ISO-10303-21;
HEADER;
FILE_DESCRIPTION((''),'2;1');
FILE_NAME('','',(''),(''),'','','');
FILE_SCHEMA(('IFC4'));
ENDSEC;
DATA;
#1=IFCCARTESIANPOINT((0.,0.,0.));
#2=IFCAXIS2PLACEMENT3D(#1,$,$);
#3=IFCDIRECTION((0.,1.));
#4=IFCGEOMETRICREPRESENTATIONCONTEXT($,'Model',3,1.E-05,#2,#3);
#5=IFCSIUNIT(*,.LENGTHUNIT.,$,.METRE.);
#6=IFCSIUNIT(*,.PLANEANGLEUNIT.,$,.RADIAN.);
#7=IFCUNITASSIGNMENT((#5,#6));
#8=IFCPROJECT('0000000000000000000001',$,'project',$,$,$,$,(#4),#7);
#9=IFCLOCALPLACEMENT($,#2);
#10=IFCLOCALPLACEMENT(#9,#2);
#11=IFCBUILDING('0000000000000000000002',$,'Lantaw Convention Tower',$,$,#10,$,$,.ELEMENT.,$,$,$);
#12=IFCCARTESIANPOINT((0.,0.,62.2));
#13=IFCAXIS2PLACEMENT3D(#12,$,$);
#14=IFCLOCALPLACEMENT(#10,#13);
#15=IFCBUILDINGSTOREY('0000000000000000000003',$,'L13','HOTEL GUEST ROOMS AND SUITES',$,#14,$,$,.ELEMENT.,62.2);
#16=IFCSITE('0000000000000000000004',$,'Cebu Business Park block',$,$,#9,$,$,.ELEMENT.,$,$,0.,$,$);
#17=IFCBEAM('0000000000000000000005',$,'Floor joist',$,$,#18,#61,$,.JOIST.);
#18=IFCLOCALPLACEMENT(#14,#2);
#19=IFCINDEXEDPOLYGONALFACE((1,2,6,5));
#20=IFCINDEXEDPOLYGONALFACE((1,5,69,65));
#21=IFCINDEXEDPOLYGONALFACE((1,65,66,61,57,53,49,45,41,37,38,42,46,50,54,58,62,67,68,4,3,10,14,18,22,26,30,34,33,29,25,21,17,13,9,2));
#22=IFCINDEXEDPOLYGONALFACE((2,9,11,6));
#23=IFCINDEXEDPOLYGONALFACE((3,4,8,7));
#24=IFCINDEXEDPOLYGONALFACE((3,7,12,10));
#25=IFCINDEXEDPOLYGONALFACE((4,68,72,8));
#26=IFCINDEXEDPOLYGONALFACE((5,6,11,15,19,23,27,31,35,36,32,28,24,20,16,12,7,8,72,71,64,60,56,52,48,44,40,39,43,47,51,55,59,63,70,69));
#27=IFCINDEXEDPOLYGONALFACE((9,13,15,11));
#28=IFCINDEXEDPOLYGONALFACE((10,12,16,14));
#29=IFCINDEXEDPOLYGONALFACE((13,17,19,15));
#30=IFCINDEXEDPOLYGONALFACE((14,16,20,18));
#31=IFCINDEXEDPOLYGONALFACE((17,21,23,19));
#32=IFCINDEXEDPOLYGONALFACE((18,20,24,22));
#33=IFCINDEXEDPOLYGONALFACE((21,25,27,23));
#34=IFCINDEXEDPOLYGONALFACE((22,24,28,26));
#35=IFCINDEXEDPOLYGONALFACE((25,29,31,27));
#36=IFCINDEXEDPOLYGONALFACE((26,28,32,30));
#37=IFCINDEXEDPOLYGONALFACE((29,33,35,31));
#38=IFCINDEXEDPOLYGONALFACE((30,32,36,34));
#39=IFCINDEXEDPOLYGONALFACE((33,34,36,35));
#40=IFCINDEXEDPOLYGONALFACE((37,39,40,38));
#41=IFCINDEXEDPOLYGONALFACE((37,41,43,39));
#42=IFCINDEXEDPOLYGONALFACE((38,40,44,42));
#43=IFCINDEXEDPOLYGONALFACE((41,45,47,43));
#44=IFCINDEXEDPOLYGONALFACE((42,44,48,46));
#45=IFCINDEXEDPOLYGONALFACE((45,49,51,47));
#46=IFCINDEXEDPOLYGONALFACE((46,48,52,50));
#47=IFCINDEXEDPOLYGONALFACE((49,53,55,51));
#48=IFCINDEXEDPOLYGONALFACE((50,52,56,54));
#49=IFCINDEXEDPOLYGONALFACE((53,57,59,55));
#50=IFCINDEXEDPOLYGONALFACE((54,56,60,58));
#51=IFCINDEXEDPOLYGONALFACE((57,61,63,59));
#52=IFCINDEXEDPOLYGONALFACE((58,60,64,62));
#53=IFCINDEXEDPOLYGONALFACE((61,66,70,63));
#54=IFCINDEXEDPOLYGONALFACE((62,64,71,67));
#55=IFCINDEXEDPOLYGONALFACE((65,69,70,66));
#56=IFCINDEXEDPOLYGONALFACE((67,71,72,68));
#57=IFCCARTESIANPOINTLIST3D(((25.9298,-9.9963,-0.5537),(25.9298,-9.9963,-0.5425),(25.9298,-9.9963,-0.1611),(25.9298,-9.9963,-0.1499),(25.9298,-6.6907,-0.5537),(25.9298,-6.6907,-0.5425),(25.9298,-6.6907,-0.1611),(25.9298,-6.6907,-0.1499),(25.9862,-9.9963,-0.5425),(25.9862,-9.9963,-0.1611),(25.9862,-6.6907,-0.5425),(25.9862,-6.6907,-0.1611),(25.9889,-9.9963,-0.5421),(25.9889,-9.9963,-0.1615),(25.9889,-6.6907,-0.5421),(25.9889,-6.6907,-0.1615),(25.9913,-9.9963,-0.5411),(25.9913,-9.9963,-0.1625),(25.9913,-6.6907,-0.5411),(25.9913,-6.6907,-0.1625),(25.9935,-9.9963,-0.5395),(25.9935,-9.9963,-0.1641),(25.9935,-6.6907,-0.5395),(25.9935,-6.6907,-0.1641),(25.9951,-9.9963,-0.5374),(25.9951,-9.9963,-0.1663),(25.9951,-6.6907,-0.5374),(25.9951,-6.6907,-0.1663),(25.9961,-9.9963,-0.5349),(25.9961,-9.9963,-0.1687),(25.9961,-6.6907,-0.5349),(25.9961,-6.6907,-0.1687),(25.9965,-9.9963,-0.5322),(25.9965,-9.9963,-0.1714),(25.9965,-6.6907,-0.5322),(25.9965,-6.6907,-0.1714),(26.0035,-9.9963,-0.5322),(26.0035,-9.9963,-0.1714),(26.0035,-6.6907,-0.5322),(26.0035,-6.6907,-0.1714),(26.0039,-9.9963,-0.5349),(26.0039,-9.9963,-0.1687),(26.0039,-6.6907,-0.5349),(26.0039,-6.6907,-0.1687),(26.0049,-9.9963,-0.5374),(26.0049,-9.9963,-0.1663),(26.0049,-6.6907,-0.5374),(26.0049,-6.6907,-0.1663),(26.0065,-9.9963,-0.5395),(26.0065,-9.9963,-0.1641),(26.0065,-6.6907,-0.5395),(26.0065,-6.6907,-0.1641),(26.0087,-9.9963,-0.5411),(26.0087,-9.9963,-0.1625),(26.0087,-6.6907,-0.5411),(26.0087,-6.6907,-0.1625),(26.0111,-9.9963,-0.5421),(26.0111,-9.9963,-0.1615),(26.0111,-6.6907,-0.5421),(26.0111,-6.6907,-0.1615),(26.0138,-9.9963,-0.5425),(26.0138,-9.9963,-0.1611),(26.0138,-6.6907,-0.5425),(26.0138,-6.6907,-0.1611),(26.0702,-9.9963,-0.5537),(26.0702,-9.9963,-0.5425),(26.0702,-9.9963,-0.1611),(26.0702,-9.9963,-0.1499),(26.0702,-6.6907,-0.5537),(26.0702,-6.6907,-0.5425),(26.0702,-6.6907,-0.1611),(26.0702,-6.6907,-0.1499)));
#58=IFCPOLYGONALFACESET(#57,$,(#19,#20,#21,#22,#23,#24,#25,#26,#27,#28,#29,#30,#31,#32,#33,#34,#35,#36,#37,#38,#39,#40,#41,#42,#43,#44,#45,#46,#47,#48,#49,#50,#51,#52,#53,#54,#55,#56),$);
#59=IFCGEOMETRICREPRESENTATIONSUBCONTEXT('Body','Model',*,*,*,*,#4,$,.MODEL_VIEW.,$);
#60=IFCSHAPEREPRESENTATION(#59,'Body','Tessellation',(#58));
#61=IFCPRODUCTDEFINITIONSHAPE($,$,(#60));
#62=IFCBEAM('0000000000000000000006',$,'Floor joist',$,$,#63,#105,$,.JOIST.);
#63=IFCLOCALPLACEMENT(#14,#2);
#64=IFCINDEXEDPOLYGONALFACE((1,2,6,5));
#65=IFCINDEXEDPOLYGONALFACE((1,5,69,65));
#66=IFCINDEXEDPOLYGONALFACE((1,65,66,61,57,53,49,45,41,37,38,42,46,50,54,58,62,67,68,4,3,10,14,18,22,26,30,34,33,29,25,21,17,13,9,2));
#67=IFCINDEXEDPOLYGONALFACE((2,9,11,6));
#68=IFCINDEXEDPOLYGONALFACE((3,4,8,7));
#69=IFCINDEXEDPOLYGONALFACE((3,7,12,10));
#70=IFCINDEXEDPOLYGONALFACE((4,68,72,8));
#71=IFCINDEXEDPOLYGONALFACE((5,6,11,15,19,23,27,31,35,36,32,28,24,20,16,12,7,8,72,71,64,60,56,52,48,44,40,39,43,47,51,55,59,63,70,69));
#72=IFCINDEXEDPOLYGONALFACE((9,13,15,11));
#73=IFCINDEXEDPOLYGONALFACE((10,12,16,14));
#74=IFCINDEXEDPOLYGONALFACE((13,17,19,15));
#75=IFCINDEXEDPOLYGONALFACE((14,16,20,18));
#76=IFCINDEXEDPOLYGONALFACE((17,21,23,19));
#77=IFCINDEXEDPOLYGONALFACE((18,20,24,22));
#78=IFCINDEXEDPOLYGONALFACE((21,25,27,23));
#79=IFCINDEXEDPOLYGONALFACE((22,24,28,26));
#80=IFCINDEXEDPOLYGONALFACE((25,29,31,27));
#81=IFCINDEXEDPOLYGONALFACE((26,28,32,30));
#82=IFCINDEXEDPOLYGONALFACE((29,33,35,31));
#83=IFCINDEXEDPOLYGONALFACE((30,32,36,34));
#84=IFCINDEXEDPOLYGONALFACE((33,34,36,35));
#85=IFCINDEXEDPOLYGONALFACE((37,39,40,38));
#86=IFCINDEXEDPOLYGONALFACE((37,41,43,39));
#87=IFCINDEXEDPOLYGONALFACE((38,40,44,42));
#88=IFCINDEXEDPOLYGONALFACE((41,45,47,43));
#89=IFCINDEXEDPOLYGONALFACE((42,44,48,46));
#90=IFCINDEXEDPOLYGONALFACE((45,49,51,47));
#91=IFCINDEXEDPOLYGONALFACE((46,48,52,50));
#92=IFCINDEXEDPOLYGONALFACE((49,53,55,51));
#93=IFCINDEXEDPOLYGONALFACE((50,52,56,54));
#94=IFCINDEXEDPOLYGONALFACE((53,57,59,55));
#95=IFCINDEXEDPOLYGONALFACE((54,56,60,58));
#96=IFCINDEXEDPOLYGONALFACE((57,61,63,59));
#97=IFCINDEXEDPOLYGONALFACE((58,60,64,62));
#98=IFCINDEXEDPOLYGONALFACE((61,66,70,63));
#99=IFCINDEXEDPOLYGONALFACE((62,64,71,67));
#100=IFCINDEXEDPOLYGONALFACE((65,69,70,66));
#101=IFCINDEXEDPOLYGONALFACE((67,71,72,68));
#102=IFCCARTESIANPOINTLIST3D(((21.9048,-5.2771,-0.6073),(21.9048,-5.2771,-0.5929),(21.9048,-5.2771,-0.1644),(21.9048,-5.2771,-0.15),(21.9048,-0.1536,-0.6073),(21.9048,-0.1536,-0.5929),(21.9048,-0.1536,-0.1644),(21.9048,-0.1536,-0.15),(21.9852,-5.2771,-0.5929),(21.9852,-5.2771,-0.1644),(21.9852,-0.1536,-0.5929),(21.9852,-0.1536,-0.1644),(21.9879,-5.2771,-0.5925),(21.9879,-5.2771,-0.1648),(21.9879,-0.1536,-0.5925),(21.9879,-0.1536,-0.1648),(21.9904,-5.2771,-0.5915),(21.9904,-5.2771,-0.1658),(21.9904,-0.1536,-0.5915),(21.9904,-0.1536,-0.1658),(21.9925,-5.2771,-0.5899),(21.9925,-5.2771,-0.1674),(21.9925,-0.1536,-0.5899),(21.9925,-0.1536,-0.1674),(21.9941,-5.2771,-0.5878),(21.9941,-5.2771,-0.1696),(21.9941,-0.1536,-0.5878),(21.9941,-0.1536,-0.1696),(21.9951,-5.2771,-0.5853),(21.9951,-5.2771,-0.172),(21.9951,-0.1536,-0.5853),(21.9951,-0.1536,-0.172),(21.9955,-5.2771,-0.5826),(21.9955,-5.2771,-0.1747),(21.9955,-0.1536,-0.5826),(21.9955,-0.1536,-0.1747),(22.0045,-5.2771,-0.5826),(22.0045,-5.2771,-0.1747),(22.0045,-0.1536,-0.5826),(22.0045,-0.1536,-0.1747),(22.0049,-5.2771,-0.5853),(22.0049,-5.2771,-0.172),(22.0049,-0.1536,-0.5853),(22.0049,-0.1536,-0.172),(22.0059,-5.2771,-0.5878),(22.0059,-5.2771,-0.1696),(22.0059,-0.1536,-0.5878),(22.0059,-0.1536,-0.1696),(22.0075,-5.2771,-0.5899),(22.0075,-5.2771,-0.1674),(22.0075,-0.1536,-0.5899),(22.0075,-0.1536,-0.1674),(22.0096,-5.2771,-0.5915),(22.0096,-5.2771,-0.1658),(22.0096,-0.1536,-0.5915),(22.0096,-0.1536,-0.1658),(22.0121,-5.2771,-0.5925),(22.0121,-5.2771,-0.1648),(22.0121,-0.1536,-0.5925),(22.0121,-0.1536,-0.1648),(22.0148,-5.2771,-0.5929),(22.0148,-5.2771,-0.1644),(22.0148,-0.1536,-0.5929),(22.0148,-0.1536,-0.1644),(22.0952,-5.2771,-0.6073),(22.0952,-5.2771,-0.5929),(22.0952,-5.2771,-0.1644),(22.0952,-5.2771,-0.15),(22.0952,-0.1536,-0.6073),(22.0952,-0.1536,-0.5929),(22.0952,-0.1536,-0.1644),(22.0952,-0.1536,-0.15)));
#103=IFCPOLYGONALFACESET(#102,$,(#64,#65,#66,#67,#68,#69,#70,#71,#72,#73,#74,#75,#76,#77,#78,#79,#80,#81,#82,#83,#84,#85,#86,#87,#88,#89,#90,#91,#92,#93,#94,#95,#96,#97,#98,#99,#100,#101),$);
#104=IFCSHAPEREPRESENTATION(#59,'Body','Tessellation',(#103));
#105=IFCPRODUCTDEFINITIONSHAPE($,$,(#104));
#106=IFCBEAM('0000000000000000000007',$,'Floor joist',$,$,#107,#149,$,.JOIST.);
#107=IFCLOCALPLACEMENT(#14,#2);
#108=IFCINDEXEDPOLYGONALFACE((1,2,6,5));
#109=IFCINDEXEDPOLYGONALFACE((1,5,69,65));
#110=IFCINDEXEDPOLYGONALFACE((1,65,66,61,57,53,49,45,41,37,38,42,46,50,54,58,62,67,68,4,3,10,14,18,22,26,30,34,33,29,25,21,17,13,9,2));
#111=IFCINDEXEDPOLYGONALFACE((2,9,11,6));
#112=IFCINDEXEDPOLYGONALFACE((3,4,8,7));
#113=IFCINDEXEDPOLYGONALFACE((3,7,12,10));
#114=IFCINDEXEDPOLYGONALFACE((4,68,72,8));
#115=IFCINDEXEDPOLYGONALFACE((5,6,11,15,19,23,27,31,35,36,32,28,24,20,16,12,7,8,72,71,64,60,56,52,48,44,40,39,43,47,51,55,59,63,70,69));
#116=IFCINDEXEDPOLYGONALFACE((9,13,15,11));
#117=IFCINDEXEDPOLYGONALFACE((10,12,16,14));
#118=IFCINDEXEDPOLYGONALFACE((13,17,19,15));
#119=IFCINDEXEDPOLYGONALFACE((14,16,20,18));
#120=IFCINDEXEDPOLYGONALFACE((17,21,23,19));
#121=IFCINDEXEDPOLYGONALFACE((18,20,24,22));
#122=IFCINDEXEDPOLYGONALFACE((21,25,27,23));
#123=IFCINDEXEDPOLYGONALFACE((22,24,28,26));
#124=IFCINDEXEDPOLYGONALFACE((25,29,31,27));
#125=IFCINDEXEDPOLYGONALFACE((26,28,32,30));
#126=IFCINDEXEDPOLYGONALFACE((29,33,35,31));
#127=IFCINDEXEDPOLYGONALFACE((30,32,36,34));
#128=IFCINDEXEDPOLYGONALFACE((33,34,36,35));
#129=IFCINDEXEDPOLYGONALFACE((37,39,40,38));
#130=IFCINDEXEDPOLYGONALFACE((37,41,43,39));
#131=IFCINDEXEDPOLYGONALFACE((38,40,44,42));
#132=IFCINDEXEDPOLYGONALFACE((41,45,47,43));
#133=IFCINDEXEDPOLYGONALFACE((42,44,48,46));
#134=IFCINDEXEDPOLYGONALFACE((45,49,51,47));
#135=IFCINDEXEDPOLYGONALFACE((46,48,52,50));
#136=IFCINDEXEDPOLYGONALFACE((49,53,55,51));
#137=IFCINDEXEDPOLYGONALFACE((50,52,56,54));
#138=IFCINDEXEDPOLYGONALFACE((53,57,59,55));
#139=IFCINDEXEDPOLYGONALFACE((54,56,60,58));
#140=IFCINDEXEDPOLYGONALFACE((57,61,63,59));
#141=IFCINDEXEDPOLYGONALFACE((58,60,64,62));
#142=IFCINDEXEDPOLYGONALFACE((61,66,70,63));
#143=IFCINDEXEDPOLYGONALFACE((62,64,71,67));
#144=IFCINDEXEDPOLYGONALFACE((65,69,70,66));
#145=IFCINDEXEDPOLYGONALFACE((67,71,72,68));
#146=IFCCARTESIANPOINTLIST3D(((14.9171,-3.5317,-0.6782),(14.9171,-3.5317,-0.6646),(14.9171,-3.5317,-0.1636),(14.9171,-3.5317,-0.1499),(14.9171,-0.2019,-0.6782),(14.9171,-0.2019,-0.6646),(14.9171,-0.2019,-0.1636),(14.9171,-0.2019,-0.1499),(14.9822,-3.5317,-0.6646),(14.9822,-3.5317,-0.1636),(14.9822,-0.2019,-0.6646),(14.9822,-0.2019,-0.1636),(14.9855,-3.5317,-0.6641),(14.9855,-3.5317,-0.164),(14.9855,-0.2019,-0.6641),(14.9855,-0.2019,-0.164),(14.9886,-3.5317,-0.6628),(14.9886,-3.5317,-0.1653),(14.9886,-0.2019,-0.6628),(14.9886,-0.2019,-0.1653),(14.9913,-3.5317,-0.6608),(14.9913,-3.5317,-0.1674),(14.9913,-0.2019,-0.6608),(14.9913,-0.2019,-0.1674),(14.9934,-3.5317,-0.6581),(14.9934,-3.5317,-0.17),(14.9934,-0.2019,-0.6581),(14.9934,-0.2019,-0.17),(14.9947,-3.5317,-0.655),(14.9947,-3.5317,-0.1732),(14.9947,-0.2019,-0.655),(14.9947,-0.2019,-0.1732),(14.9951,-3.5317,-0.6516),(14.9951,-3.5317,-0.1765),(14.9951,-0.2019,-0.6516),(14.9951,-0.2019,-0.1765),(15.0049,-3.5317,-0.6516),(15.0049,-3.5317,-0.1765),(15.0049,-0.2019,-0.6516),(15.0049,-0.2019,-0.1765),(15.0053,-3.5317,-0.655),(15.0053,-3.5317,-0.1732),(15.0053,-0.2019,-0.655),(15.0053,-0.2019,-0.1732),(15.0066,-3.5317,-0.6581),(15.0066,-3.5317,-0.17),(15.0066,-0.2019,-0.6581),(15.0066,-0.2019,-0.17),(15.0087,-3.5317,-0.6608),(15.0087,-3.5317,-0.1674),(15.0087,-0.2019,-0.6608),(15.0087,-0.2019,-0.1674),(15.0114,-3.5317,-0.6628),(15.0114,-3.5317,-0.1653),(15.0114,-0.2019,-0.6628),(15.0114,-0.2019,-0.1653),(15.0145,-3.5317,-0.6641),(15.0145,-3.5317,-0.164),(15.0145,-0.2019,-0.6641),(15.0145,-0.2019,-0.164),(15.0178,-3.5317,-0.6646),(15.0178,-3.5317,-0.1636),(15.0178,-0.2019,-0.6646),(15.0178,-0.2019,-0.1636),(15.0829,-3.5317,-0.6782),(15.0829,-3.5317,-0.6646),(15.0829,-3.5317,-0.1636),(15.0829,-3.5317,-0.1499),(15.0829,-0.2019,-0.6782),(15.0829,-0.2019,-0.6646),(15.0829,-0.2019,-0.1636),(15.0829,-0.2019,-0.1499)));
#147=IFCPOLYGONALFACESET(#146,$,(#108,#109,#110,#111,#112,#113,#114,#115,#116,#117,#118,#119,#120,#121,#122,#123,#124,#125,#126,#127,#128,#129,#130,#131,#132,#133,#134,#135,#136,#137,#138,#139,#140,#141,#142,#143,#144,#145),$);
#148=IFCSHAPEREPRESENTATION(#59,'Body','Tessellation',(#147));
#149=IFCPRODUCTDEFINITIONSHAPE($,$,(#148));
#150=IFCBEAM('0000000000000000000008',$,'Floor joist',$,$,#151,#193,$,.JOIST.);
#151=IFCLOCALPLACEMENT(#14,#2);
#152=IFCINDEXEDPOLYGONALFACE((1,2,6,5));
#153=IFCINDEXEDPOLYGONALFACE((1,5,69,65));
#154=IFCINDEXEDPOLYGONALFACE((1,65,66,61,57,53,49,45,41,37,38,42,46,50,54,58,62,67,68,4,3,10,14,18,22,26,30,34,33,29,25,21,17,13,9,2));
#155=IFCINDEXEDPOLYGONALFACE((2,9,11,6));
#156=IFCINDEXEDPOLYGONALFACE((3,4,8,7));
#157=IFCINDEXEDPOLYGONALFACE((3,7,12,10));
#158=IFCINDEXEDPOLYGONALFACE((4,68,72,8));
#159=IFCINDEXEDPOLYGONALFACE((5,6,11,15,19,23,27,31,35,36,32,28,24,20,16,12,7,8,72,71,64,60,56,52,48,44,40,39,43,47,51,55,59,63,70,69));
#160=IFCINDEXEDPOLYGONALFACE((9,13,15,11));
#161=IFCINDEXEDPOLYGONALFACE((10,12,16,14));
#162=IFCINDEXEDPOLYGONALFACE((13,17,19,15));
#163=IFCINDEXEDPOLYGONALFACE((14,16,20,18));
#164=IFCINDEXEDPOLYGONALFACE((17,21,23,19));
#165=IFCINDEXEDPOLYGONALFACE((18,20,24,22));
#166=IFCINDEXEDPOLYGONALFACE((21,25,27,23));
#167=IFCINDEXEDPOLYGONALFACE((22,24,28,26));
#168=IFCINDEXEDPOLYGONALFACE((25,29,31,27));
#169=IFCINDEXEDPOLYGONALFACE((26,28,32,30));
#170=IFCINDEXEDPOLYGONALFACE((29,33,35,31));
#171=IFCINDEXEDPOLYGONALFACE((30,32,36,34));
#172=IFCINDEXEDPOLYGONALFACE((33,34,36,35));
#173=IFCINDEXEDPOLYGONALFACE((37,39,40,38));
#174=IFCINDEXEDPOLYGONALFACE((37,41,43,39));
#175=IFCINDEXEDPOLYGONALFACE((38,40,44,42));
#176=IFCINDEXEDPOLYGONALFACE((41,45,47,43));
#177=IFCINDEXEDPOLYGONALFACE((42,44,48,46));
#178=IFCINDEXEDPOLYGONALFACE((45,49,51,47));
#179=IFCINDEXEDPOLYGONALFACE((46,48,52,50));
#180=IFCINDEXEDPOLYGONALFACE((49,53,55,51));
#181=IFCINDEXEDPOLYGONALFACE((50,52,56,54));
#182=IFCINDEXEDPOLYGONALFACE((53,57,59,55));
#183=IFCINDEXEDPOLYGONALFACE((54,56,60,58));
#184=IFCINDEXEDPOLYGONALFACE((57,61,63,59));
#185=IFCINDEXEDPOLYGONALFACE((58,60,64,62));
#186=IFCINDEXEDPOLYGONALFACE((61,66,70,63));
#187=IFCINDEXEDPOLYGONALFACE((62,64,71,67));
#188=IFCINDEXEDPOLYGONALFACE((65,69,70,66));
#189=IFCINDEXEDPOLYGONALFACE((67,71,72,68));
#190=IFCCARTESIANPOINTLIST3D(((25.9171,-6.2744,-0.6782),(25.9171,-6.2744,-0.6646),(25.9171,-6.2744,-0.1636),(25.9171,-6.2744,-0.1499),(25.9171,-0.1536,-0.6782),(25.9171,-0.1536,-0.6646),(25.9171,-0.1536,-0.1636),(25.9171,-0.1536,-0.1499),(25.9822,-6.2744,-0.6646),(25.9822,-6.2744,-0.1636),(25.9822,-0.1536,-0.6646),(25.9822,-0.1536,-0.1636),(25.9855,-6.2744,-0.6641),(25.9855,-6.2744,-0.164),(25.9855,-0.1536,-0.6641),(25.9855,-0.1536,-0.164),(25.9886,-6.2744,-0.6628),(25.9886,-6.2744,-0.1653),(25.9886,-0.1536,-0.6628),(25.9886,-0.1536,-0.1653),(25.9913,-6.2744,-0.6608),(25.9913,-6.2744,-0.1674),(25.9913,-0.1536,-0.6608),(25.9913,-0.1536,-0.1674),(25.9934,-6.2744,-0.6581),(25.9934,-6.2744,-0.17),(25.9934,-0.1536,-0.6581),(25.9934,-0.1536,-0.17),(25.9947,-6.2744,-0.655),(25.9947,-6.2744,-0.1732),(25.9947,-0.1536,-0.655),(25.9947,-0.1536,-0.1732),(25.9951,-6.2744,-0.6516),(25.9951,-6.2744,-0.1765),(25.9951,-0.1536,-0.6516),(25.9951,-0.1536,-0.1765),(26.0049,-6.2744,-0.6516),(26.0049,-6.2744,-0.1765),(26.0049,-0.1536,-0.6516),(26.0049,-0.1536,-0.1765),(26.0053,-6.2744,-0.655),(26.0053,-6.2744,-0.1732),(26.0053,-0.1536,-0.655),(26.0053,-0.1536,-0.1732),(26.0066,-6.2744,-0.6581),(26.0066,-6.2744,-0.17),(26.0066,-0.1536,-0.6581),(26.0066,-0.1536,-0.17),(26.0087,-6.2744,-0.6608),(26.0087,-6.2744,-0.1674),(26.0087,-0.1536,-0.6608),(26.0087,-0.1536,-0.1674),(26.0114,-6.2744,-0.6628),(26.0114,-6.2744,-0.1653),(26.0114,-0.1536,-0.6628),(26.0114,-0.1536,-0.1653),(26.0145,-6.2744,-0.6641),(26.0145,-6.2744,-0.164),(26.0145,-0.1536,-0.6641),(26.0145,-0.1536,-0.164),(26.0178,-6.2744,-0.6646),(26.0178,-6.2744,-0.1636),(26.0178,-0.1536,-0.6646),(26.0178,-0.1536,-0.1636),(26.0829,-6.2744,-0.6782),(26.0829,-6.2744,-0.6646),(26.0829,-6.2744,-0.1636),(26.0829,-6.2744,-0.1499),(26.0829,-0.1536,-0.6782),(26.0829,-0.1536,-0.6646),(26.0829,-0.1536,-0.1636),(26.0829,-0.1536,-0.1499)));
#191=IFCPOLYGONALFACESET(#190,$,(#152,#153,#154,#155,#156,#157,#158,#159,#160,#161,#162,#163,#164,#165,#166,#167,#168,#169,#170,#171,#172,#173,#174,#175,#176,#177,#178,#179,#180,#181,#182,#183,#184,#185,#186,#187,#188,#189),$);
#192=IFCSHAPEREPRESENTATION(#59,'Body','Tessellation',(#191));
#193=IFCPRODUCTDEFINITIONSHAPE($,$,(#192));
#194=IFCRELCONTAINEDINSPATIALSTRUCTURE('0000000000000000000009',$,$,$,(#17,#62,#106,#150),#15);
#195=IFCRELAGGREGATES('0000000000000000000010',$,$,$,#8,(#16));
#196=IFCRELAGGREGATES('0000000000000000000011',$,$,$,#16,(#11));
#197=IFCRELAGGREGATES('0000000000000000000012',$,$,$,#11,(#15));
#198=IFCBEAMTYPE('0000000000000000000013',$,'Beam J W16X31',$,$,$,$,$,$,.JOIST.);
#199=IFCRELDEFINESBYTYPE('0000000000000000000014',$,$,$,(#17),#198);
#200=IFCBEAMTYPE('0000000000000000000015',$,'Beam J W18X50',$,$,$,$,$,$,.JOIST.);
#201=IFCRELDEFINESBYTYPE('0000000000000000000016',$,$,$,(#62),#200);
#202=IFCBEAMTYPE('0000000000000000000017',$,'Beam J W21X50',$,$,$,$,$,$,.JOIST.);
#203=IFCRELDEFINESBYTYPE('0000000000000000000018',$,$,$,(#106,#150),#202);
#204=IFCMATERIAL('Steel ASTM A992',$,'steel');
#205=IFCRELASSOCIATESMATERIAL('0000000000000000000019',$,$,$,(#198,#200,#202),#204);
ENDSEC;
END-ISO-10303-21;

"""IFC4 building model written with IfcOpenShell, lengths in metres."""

from ifc_helpers import new_model, si_unit, direction, frame, origin, origin_2d, place, context, subcontext, project, spatial, i_section, extrude, material, material_profile, profile_set, type_object, element, save


model = new_model("IFC4")

# Units and contexts
model_context = context("Model", 3, precision=1e-05, world=origin(), true_north=direction((0.0, 1.0)))
body_context = subcontext(model_context, "Body", "Model", "MODEL_VIEW")
ifc_project = project(units=[si_unit("LENGTHUNIT", "METRE"), si_unit("PLANEANGLEUNIT", "RADIAN")], contexts=[model_context])

# Site, building, storey
site_placement = place(None, origin())
site = spatial("IfcSite", under=ifc_project, at=site_placement, Name="Cebu Business Park block", CompositionType="ELEMENT", RefElevation=0.0)
building_placement = place(site_placement, origin())
building = spatial("IfcBuilding", under=site, at=building_placement, Name="Lantaw Convention Tower", CompositionType="ELEMENT")
storey_placement = place(building_placement, frame((0.0, 0.0, 62.2)))
storey = spatial("IfcBuildingStorey", under=building, at=storey_placement, Name="L13", Description="HOTEL GUEST ROOMS AND SUITES", CompositionType="ELEMENT", Elevation=62.2)

# Beams
ifc_material_1 = material(Name="Steel ASTM A992", Category="steel")
ifc_material_profile_1 = material_profile(ifc_material_1, i_section(OverallWidth=0.1404, OverallDepth=0.4038, WebThickness=0.0071, FlangeThickness=0.0112, FilletRadius=0.0103, at=origin_2d()), Name="W16X31")
ifc_profile_set_1 = profile_set([ifc_material_profile_1], Name="Steel ASTM A992")
beam_type_1 = type_object("IfcBeamType", Name="Beam J W16X31", PredefinedType="JOIST", material=ifc_profile_set_1)
beam_1_placement = place(storey_placement, frame((26.0, -9.9963, -0.3518), z_axis=(0.0, 1.0, 0.0), x_axis=(-1.0, 0.0, 0.0)))
element("IfcBeam", 1, at=beam_1_placement, inside=storey, type_object=beam_type_1, Name="Floor joist", PredefinedType="JOIST", context=body_context, shape_type="SweptSolid", body=[
    extrude(i_section(OverallWidth=0.1404, OverallDepth=0.4038, WebThickness=0.0071, FlangeThickness=0.0112, FilletRadius=0.0103, at=origin_2d()), origin(), (0.0, 0.0, 1.0), 3.3057),
])
ifc_material_profile_2 = material_profile(ifc_material_1, i_section(OverallWidth=0.1904, OverallDepth=0.4573, WebThickness=0.009, FlangeThickness=0.0144, FilletRadius=0.0103, at=origin_2d()), Name="W18X50")
ifc_profile_set_2 = profile_set([ifc_material_profile_2], Name="Steel ASTM A992")
beam_type_2 = type_object("IfcBeamType", Name="Beam J W18X50", PredefinedType="JOIST", material=ifc_profile_set_2)
beam_2_placement = place(storey_placement, frame((22.0, -5.2771, -0.3787), z_axis=(0.0, 1.0, 0.0), x_axis=(-1.0, 0.0, 0.0)))
element("IfcBeam", 2, at=beam_2_placement, inside=storey, type_object=beam_type_2, Name="Floor joist", PredefinedType="JOIST", context=body_context, shape_type="SweptSolid", body=[
    extrude(i_section(OverallWidth=0.1904, OverallDepth=0.4573, WebThickness=0.009, FlangeThickness=0.0144, FilletRadius=0.0103, at=origin_2d()), origin(), (0.0, 0.0, 1.0), 5.1235),
])
ifc_material_profile_3 = material_profile(ifc_material_1, i_section(OverallWidth=0.1658, OverallDepth=0.5283, WebThickness=0.0098, FlangeThickness=0.0137, FilletRadius=0.0129, at=origin_2d()), Name="W21X50")
ifc_profile_set_3 = profile_set([ifc_material_profile_3], Name="Steel ASTM A992")
beam_type_3 = type_object("IfcBeamType", Name="Beam J W21X50", PredefinedType="JOIST", material=ifc_profile_set_3)
beam_3_placement = place(storey_placement, frame((15.0, -3.5317, -0.4141), z_axis=(0.0, 1.0, 0.0), x_axis=(-1.0, 0.0, 0.0)))
element("IfcBeam", 3, at=beam_3_placement, inside=storey, type_object=beam_type_3, Name="Floor joist", PredefinedType="JOIST", context=body_context, shape_type="SweptSolid", body=[
    extrude(i_section(OverallWidth=0.1658, OverallDepth=0.5283, WebThickness=0.0098, FlangeThickness=0.0137, FilletRadius=0.0129, at=origin_2d()), origin(), (0.0, 0.0, 1.0), 3.3298),
])
beam_4_placement = place(storey_placement, frame((26.0, -6.2744, -0.4141), z_axis=(0.0, 1.0, 0.0), x_axis=(-1.0, 0.0, 0.0)))
element("IfcBeam", 4, at=beam_4_placement, inside=storey, type_object=beam_type_3, Name="Floor joist", PredefinedType="JOIST", context=body_context, shape_type="SweptSolid", body=[
    extrude(i_section(OverallWidth=0.1658, OverallDepth=0.5283, WebThickness=0.0098, FlangeThickness=0.0137, FilletRadius=0.0129, at=origin_2d()), origin(), (0.0, 0.0, 1.0), 6.1208),
])

save(model, "model.ifc")
